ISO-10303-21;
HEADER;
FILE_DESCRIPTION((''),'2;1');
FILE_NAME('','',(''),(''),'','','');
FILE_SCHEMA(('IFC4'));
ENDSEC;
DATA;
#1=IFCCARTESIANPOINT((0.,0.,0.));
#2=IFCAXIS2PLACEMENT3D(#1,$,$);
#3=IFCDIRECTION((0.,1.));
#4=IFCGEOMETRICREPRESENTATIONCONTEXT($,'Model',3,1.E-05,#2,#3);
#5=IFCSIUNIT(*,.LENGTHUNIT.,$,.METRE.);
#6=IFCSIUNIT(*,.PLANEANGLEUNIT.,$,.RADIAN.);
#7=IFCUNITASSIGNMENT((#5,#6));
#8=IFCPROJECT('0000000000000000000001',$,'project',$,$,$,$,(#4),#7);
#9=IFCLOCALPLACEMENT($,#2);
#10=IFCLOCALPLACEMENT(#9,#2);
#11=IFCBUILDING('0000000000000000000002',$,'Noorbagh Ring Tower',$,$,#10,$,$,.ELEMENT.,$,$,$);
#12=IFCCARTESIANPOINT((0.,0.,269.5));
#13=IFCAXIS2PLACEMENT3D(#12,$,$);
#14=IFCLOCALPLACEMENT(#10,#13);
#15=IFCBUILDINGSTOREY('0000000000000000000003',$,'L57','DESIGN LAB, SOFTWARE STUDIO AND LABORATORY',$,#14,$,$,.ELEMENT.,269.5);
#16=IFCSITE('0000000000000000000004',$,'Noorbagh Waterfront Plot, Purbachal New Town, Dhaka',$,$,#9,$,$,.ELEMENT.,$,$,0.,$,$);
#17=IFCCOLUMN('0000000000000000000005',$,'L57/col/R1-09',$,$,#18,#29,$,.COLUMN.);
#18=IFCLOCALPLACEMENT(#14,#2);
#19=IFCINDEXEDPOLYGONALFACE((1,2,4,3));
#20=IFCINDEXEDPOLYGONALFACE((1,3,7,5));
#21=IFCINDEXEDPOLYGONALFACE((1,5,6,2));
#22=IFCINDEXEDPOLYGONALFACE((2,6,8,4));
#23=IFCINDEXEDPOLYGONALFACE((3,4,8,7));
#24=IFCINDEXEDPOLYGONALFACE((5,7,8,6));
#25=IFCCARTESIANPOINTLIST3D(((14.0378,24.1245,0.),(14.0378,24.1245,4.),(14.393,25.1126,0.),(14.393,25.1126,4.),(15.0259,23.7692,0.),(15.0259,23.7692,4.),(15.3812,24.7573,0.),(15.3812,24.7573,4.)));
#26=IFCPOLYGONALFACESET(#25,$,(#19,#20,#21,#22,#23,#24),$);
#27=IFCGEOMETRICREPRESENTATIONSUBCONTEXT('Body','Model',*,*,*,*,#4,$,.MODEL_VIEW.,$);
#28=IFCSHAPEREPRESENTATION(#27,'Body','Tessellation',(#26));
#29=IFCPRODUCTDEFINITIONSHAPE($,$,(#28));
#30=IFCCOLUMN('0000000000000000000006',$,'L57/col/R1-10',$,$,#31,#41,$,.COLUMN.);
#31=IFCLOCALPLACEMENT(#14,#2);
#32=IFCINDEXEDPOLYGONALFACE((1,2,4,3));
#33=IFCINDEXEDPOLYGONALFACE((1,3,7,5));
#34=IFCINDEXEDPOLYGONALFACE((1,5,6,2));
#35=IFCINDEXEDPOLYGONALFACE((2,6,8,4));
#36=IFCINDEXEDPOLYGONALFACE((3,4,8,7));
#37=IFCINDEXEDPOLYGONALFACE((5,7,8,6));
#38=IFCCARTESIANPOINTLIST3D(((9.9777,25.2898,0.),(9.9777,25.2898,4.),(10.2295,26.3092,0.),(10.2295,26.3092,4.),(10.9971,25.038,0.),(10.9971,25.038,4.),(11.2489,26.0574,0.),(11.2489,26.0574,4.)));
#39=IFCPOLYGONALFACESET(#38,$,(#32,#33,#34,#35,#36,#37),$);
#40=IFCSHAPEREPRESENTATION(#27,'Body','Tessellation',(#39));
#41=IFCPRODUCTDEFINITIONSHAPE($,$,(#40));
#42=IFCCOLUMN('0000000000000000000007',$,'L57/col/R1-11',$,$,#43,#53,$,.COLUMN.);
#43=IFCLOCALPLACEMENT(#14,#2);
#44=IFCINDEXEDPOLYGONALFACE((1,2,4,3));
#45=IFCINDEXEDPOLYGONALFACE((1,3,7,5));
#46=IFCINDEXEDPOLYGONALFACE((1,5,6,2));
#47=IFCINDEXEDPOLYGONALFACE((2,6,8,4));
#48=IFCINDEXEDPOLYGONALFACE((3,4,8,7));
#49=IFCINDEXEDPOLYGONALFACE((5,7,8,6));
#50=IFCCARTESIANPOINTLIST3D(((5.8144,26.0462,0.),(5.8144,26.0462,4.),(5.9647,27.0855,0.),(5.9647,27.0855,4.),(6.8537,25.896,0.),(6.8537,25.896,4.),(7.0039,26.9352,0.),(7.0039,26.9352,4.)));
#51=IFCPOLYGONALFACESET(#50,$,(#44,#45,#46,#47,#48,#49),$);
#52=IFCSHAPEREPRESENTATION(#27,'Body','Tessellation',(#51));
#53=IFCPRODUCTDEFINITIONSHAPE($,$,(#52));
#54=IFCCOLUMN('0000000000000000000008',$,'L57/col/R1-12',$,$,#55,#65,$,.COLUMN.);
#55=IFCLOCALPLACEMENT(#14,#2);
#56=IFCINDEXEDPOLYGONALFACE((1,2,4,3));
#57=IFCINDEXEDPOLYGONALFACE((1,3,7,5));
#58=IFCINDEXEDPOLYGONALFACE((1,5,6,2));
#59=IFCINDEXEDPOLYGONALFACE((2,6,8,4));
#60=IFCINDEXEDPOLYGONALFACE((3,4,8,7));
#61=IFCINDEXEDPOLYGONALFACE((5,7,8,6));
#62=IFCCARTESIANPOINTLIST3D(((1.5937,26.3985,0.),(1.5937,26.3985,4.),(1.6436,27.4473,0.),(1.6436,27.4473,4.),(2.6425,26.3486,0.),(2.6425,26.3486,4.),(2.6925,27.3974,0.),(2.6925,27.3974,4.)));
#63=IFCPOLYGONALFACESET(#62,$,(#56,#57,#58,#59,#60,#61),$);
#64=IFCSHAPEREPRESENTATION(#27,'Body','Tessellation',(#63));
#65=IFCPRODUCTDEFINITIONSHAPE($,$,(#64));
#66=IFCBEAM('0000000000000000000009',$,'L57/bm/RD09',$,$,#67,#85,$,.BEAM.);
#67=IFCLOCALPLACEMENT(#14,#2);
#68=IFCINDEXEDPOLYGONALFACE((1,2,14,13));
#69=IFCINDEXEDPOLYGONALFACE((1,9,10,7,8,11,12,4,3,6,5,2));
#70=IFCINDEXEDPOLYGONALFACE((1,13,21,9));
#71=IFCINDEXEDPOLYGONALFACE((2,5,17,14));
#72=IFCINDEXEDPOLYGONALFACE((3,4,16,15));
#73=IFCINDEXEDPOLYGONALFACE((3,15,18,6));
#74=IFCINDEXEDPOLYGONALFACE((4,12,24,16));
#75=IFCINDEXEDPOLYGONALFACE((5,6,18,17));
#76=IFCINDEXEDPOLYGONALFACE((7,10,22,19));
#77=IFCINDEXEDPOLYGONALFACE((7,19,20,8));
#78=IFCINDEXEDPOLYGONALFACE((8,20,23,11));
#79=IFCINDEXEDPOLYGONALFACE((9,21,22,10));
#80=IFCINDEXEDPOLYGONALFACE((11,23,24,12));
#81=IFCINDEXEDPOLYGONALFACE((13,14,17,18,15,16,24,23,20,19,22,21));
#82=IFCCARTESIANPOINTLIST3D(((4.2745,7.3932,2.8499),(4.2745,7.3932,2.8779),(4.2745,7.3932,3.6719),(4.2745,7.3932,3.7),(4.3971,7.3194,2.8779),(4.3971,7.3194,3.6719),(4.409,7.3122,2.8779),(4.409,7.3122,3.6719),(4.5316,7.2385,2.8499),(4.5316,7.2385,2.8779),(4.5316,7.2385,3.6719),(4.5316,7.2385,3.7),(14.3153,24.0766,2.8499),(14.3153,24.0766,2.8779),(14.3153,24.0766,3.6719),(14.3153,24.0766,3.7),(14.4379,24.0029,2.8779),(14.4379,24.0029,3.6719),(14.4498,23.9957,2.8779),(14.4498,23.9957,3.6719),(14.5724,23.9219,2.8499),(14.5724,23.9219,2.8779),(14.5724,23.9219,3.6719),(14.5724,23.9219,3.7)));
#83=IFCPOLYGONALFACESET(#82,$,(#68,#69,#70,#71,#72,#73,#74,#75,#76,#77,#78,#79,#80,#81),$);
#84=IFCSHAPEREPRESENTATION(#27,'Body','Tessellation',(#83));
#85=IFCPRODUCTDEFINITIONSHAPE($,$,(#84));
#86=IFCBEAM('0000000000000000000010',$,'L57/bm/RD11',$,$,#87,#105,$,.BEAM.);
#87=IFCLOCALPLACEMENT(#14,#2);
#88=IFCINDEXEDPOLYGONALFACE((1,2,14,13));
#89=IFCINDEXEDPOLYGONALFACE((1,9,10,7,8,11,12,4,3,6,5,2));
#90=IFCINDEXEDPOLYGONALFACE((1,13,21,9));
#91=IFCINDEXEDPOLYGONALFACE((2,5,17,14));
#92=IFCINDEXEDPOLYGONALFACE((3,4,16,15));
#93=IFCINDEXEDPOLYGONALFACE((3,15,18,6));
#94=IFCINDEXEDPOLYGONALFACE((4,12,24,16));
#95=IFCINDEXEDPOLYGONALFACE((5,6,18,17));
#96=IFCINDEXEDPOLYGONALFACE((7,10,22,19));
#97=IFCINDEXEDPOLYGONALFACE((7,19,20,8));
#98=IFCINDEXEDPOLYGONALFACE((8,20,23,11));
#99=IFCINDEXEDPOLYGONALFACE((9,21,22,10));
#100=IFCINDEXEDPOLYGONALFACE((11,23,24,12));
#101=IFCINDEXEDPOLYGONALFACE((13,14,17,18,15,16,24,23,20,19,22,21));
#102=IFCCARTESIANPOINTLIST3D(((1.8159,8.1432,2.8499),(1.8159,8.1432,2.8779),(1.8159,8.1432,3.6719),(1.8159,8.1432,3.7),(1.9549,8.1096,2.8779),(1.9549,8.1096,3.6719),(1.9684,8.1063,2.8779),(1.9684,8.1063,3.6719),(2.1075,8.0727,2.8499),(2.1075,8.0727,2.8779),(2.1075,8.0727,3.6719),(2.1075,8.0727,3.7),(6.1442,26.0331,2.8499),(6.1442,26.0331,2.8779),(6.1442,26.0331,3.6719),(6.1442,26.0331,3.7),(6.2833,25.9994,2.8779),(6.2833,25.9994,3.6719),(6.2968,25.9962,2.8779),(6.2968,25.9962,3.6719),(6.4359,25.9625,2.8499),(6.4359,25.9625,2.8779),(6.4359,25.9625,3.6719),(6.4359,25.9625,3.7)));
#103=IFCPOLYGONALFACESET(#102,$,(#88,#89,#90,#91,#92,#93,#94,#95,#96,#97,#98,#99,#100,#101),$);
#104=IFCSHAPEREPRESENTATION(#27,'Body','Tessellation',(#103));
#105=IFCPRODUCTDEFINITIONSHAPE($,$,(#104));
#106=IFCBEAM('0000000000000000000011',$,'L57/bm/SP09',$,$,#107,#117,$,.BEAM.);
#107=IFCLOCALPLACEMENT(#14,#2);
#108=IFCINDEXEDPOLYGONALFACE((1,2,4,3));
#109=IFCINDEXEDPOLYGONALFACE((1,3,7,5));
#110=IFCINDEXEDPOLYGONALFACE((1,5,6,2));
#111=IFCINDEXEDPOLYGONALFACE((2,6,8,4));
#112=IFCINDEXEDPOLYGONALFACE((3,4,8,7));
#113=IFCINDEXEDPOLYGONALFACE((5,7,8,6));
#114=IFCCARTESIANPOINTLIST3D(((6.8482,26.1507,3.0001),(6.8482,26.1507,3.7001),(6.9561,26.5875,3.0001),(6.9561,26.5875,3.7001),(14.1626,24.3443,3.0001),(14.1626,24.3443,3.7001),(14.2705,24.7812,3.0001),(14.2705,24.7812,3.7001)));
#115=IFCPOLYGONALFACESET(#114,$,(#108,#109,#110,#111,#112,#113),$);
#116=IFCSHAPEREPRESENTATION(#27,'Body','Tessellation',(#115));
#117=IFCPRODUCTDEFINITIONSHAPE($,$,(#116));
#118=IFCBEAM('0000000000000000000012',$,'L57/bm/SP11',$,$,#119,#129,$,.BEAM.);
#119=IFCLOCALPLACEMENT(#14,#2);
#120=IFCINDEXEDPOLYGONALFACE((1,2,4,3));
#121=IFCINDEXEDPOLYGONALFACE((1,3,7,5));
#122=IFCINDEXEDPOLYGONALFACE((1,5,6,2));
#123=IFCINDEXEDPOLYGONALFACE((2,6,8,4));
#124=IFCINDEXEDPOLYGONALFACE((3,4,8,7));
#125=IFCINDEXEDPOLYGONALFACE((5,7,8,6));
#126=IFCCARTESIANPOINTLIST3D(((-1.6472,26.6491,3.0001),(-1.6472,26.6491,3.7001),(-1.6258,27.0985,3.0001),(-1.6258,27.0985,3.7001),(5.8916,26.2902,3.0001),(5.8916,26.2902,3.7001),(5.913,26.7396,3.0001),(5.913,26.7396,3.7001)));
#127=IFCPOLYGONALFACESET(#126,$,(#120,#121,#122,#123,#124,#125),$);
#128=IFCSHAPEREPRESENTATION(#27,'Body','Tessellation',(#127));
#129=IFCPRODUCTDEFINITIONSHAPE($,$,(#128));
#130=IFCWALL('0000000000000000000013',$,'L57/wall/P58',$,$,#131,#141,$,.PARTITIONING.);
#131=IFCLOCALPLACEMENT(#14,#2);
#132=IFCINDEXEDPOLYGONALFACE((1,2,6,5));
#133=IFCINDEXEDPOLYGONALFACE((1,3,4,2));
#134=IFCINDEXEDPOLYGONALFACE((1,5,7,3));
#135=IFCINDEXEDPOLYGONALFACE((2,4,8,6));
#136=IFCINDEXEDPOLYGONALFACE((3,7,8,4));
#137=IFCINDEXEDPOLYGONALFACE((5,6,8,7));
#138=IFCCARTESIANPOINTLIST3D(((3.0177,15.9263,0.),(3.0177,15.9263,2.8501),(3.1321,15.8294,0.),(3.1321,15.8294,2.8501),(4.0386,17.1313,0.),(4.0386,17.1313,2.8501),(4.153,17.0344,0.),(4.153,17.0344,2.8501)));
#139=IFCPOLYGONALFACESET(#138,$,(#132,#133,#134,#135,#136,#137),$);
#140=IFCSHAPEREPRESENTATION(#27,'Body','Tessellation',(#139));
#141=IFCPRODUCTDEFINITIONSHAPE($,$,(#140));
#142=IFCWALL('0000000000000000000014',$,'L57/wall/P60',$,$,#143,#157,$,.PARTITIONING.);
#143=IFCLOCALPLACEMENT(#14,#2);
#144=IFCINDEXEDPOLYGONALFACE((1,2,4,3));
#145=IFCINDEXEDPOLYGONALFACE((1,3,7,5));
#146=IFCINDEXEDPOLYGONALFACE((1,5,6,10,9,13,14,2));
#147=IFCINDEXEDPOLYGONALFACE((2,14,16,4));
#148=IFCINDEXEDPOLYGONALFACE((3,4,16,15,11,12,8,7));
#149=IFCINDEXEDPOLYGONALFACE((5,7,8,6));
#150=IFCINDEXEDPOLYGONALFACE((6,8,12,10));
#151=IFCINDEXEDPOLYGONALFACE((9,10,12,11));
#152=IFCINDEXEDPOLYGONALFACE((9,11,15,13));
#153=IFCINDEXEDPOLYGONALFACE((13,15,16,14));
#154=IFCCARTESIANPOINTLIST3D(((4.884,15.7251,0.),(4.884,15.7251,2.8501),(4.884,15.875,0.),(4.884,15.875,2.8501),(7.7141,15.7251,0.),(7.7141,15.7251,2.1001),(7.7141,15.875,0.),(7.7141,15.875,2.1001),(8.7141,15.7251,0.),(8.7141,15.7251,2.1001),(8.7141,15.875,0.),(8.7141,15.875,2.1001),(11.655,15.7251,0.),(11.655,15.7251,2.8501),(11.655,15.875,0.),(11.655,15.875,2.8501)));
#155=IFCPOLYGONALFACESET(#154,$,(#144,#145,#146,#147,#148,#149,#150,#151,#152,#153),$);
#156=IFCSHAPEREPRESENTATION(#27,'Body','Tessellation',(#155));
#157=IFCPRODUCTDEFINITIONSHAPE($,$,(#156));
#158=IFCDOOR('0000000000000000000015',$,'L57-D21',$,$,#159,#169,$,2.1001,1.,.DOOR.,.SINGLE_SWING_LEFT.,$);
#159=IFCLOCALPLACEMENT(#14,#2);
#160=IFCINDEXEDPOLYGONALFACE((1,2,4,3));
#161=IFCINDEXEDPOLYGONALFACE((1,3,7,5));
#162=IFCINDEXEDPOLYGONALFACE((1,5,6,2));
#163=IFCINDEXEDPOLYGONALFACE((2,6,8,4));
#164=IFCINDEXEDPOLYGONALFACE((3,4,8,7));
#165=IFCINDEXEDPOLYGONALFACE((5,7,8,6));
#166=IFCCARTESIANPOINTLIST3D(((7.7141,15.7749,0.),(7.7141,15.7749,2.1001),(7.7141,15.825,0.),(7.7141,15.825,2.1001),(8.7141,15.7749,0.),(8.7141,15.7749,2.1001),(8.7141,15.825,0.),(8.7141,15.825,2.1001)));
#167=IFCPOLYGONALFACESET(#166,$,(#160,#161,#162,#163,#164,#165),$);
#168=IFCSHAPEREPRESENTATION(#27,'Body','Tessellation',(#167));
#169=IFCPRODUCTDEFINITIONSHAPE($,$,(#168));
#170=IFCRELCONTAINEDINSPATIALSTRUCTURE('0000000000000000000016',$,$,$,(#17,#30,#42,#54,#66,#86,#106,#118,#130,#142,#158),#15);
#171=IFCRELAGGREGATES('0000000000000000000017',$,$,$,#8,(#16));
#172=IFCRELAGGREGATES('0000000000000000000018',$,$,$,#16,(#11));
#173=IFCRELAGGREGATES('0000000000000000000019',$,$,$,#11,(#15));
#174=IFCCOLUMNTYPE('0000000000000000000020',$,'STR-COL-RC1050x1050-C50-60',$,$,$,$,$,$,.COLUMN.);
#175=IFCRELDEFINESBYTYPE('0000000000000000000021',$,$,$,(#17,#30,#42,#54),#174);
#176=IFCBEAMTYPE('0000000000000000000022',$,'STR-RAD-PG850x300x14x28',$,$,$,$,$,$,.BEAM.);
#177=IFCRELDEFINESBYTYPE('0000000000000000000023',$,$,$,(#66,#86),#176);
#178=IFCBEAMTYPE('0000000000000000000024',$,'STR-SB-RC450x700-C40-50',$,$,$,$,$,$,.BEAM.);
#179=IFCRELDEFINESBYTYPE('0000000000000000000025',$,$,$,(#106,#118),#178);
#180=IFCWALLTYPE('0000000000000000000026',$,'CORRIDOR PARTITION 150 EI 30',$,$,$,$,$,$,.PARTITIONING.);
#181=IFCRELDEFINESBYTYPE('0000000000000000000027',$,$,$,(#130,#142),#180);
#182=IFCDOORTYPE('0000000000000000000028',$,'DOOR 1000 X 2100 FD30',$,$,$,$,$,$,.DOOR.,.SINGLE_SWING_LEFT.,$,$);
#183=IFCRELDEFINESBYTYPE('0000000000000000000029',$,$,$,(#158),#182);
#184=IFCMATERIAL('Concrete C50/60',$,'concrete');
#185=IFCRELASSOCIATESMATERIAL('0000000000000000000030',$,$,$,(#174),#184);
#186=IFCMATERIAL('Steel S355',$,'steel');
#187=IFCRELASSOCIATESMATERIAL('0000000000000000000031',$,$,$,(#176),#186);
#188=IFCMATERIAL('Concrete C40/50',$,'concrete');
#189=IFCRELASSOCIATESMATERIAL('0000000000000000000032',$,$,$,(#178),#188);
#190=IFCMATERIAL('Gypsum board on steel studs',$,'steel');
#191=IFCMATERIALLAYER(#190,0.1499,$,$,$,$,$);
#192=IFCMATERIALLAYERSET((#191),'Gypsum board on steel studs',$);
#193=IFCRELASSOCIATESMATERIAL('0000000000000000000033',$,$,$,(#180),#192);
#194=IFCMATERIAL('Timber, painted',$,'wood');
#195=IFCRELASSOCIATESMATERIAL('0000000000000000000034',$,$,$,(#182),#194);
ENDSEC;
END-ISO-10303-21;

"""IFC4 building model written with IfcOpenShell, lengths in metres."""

from ifc_helpers import new_model, si_unit, direction, frame, frame_2d, origin, origin_2d, place, context, subcontext, project, spatial, rectangle, i_section, extrude, material, layer, layer_set, material_profile, profile_set, type_object, element, fill, save


model = new_model("IFC4")

# Units and contexts
model_context = context("Model", 3, precision=1e-05, world=origin(), true_north=direction((0.0, 1.0)))
body_context = subcontext(model_context, "Body", "Model", "MODEL_VIEW")
ifc_project = project(units=[si_unit("LENGTHUNIT", "METRE"), si_unit("PLANEANGLEUNIT", "RADIAN")], contexts=[model_context])

# Site, building, storey
site_placement = place(None, origin())
site = spatial("IfcSite", under=ifc_project, at=site_placement, Name="Noorbagh Waterfront Plot, Purbachal New Town, Dhaka", CompositionType="ELEMENT", RefElevation=0.0)
building_placement = place(site_placement, origin())
building = spatial("IfcBuilding", under=site, at=building_placement, Name="Noorbagh Ring Tower", CompositionType="ELEMENT")
storey_placement = place(building_placement, frame((0.0, 0.0, 269.5)))
storey = spatial("IfcBuildingStorey", under=building, at=storey_placement, Name="L57", Description="DESIGN LAB, SOFTWARE STUDIO AND LABORATORY", CompositionType="ELEMENT", Elevation=269.5)

# Columns
ifc_material_1 = material(Name="Concrete C50/60", Category="concrete")
ifc_material_profile_1 = material_profile(ifc_material_1, rectangle(XDim=1.05, YDim=1.05, at=origin_2d()), Name="RC1050x1050")
ifc_profile_set_1 = profile_set([ifc_material_profile_1], Name="Concrete C50/60")
column_type = type_object("IfcColumnType", Name="STR-COL-RC1050x1050-C50-60", PredefinedType="COLUMN", material=ifc_profile_set_1)
for number, where, z_axis, x_axis, name in (
    (1, (14.7095, 24.4409, 0.0), (0.0, 0.0, 1.0), (-0.941025, 0.338338, 0.0), "L57/col/R1-09"),
    (2, (10.6133, 25.6736, 0.0), (0.0, 0.0, 1.0), (-0.970829, 0.239771, 0.0), "L57/col/R1-10"),
    (3, (6.4092, 26.4907, 0.0), (0.0, 0.0, 1.0), (-0.989713, 0.143066, 0.0), "L57/col/R1-11"),
    (4, (2.1431, 26.8979, 0.0), (0.0, 0.0, 1.0), (-0.998869, 0.047553, 0.0), "L57/col/R1-12"),
):
    element("IfcColumn", number, at=place(storey_placement, frame(where, z_axis=z_axis, x_axis=x_axis)), inside=storey, type_object=column_type, Name=name, PredefinedType="COLUMN", context=body_context, shape_type="SweptSolid", body=[
        extrude(rectangle(XDim=1.05, YDim=1.05, at=origin_2d()), origin(), (0.0, 0.0, 1.0), 4.0),
    ])

# Beams
ifc_material_2 = material(Name="Steel S355", Category="steel")
ifc_material_profile_2 = material_profile(ifc_material_2, i_section(OverallWidth=0.3, OverallDepth=0.8501, WebThickness=0.0139, FlangeThickness=0.0281, at=origin_2d()), Name="PG850x300x14x28")
ifc_profile_set_2 = profile_set([ifc_material_profile_2], Name="Steel S355")
beam_type_1 = type_object("IfcBeamType", Name="STR-RAD-PG850x300x14x28", PredefinedType="BEAM", material=ifc_profile_set_2)
beam_1_placement = place(storey_placement, frame((14.4438, 23.9993, 3.2749), z_axis=(-0.515657, -0.856795, 0.0), x_axis=(0.856795, -0.515657, 0.0)))
element("IfcBeam", 5, at=beam_1_placement, inside=storey, type_object=beam_type_1, Name="L57/bm/RD09", PredefinedType="BEAM", context=body_context, shape_type="SweptSolid", body=[
    extrude(i_section(OverallWidth=0.3, OverallDepth=0.8501, WebThickness=0.0139, FlangeThickness=0.0281, at=origin_2d()), origin(), (0.0, 0.0, 1.0), 19.4719),
])
beam_2_placement = place(storey_placement, frame((6.29, 25.9978, 3.2749), z_axis=(-0.23516, -0.971957, 0.0), x_axis=(0.971957, -0.23516, 0.0)))
element("IfcBeam", 6, at=beam_2_placement, inside=storey, type_object=beam_type_1, Name="L57/bm/RD11", PredefinedType="BEAM", context=body_context, shape_type="SweptSolid", body=[
    extrude(i_section(OverallWidth=0.3, OverallDepth=0.8501, WebThickness=0.0139, FlangeThickness=0.0281, at=origin_2d()), origin(), (0.0, 0.0, 1.0), 18.406),
])
ifc_material_3 = material(Name="Concrete C40/50", Category="concrete")
ifc_material_profile_3 = material_profile(ifc_material_3, rectangle(XDim=0.45, YDim=0.7, at=origin_2d()), Name="RC450x700")
ifc_profile_set_3 = profile_set([ifc_material_profile_3], Name="Concrete C40/50")
beam_type_2 = type_object("IfcBeamType", Name="STR-SB-RC450x700-C40-50", PredefinedType="BEAM", material=ifc_profile_set_3)
beam_3_placement = place(storey_placement, frame((14.2166, 24.5627, 3.3501), z_axis=(-0.970832, 0.239759, 0.0), x_axis=(-0.239759, -0.970832, 0.0)))
element("IfcBeam", 7, at=beam_3_placement, inside=storey, type_object=beam_type_2, Name="L57/bm/SP09", PredefinedType="BEAM", context=body_context, shape_type="SweptSolid", body=[
    extrude(rectangle(XDim=0.45, YDim=0.7, at=origin_2d()), origin(), (0.0, 0.0, 1.0), 7.5342),
])
beam_4_placement = place(storey_placement, frame((5.9023, 26.5149, 3.3501), z_axis=(-0.998869, 0.047551, 0.0), x_axis=(-0.047551, -0.998869, 0.0)))
element("IfcBeam", 8, at=beam_4_placement, inside=storey, type_object=beam_type_2, Name="L57/bm/SP11", PredefinedType="BEAM", context=body_context, shape_type="SweptSolid", body=[
    extrude(rectangle(XDim=0.45, YDim=0.7, at=origin_2d()), origin(), (0.0, 0.0, 1.0), 7.5474),
])

# Wall
ifc_material_4 = material(Name="Gypsum board on steel studs", Category="steel")
ifc_layer_1 = layer(ifc_material_4, 0.1499)
ifc_layer_set_1 = layer_set([ifc_layer_1], Name="Gypsum board on steel studs")
wall_type_1 = type_object("IfcWallType", Name="CORRIDOR PARTITION 150 EI 30", PredefinedType="PARTITIONING", material=ifc_layer_set_1)
wall_1_placement = place(storey_placement, frame((3.075, 15.8779, 0.0), z_axis=(0.0, 0.0, 1.0), x_axis=(0.646427, 0.762976, 0.0)))
element("IfcWall", 9, at=wall_1_placement, inside=storey, type_object=wall_type_1, Name="L57/wall/P58", PredefinedType="PARTITIONING", context=body_context, shape_type="SweptSolid", body=[
    extrude(rectangle(XDim=1.5793, YDim=0.1499, at=frame_2d((0.7896, 0.0))), origin(), (0.0, 0.0, 1.0), 2.8501),
])

# Wall, opening, door
wall_2_placement = place(storey_placement, frame((4.884, 15.8, 0.0), z_axis=(0.0, 0.0, 1.0), x_axis=(1.0, 0.0, 0.0)))
wall_2 = element("IfcWall", 10, at=wall_2_placement, inside=storey, type_object=wall_type_1, Name="L57/wall/P60", PredefinedType="PARTITIONING", context=body_context, shape_type="SweptSolid", body=[
    extrude(rectangle(XDim=6.771, YDim=0.1499, at=frame_2d((3.3855, 0.0))), origin(), (0.0, 0.0, 1.0), 2.8501),
])
opening_1_placement = place(wall_2_placement, frame((2.8301, 0.0, 0.0)))
opening_1 = element("IfcOpeningElement", 11, at=opening_1_placement, cuts=wall_2, PredefinedType="OPENING", context=body_context, shape_type="SweptSolid", body=[
    extrude(rectangle(XDim=1.0, YDim=2.1001, at=frame_2d((0.5, 1.05))), frame((0.0, 0.085, 0.0), z_axis=(0.0, -1.0, 0.0), x_axis=(1.0, 0.0, 0.0)), (0.0, 0.0, 1.0), 0.1699),
])
ifc_material_5 = material(Name="Timber, painted", Category="wood")
door_type = type_object("IfcDoorType", Name="DOOR 1000 X 2100 FD30", OperationType="SINGLE_SWING_LEFT", PredefinedType="DOOR", material=ifc_material_5)
door_1_placement = place(opening_1_placement, origin())
door_1 = element("IfcDoor", 12, at=door_1_placement, inside=storey, type_object=door_type, Name="L57-D21", OperationType="SINGLE_SWING_LEFT", OverallHeight=2.1001, OverallWidth=1.0, PredefinedType="DOOR", context=body_context, shape_type="SweptSolid", body=[
    extrude(rectangle(XDim=1.0, YDim=2.1001, at=frame_2d((0.5, 1.05))), frame((0.0, 0.0249, 0.0), z_axis=(0.0, -1.0, 0.0), x_axis=(1.0, 0.0, 0.0)), (0.0, 0.0, 1.0), 0.05),
])
fill(opening_1, door_1)

save(model, "model.ifc")
